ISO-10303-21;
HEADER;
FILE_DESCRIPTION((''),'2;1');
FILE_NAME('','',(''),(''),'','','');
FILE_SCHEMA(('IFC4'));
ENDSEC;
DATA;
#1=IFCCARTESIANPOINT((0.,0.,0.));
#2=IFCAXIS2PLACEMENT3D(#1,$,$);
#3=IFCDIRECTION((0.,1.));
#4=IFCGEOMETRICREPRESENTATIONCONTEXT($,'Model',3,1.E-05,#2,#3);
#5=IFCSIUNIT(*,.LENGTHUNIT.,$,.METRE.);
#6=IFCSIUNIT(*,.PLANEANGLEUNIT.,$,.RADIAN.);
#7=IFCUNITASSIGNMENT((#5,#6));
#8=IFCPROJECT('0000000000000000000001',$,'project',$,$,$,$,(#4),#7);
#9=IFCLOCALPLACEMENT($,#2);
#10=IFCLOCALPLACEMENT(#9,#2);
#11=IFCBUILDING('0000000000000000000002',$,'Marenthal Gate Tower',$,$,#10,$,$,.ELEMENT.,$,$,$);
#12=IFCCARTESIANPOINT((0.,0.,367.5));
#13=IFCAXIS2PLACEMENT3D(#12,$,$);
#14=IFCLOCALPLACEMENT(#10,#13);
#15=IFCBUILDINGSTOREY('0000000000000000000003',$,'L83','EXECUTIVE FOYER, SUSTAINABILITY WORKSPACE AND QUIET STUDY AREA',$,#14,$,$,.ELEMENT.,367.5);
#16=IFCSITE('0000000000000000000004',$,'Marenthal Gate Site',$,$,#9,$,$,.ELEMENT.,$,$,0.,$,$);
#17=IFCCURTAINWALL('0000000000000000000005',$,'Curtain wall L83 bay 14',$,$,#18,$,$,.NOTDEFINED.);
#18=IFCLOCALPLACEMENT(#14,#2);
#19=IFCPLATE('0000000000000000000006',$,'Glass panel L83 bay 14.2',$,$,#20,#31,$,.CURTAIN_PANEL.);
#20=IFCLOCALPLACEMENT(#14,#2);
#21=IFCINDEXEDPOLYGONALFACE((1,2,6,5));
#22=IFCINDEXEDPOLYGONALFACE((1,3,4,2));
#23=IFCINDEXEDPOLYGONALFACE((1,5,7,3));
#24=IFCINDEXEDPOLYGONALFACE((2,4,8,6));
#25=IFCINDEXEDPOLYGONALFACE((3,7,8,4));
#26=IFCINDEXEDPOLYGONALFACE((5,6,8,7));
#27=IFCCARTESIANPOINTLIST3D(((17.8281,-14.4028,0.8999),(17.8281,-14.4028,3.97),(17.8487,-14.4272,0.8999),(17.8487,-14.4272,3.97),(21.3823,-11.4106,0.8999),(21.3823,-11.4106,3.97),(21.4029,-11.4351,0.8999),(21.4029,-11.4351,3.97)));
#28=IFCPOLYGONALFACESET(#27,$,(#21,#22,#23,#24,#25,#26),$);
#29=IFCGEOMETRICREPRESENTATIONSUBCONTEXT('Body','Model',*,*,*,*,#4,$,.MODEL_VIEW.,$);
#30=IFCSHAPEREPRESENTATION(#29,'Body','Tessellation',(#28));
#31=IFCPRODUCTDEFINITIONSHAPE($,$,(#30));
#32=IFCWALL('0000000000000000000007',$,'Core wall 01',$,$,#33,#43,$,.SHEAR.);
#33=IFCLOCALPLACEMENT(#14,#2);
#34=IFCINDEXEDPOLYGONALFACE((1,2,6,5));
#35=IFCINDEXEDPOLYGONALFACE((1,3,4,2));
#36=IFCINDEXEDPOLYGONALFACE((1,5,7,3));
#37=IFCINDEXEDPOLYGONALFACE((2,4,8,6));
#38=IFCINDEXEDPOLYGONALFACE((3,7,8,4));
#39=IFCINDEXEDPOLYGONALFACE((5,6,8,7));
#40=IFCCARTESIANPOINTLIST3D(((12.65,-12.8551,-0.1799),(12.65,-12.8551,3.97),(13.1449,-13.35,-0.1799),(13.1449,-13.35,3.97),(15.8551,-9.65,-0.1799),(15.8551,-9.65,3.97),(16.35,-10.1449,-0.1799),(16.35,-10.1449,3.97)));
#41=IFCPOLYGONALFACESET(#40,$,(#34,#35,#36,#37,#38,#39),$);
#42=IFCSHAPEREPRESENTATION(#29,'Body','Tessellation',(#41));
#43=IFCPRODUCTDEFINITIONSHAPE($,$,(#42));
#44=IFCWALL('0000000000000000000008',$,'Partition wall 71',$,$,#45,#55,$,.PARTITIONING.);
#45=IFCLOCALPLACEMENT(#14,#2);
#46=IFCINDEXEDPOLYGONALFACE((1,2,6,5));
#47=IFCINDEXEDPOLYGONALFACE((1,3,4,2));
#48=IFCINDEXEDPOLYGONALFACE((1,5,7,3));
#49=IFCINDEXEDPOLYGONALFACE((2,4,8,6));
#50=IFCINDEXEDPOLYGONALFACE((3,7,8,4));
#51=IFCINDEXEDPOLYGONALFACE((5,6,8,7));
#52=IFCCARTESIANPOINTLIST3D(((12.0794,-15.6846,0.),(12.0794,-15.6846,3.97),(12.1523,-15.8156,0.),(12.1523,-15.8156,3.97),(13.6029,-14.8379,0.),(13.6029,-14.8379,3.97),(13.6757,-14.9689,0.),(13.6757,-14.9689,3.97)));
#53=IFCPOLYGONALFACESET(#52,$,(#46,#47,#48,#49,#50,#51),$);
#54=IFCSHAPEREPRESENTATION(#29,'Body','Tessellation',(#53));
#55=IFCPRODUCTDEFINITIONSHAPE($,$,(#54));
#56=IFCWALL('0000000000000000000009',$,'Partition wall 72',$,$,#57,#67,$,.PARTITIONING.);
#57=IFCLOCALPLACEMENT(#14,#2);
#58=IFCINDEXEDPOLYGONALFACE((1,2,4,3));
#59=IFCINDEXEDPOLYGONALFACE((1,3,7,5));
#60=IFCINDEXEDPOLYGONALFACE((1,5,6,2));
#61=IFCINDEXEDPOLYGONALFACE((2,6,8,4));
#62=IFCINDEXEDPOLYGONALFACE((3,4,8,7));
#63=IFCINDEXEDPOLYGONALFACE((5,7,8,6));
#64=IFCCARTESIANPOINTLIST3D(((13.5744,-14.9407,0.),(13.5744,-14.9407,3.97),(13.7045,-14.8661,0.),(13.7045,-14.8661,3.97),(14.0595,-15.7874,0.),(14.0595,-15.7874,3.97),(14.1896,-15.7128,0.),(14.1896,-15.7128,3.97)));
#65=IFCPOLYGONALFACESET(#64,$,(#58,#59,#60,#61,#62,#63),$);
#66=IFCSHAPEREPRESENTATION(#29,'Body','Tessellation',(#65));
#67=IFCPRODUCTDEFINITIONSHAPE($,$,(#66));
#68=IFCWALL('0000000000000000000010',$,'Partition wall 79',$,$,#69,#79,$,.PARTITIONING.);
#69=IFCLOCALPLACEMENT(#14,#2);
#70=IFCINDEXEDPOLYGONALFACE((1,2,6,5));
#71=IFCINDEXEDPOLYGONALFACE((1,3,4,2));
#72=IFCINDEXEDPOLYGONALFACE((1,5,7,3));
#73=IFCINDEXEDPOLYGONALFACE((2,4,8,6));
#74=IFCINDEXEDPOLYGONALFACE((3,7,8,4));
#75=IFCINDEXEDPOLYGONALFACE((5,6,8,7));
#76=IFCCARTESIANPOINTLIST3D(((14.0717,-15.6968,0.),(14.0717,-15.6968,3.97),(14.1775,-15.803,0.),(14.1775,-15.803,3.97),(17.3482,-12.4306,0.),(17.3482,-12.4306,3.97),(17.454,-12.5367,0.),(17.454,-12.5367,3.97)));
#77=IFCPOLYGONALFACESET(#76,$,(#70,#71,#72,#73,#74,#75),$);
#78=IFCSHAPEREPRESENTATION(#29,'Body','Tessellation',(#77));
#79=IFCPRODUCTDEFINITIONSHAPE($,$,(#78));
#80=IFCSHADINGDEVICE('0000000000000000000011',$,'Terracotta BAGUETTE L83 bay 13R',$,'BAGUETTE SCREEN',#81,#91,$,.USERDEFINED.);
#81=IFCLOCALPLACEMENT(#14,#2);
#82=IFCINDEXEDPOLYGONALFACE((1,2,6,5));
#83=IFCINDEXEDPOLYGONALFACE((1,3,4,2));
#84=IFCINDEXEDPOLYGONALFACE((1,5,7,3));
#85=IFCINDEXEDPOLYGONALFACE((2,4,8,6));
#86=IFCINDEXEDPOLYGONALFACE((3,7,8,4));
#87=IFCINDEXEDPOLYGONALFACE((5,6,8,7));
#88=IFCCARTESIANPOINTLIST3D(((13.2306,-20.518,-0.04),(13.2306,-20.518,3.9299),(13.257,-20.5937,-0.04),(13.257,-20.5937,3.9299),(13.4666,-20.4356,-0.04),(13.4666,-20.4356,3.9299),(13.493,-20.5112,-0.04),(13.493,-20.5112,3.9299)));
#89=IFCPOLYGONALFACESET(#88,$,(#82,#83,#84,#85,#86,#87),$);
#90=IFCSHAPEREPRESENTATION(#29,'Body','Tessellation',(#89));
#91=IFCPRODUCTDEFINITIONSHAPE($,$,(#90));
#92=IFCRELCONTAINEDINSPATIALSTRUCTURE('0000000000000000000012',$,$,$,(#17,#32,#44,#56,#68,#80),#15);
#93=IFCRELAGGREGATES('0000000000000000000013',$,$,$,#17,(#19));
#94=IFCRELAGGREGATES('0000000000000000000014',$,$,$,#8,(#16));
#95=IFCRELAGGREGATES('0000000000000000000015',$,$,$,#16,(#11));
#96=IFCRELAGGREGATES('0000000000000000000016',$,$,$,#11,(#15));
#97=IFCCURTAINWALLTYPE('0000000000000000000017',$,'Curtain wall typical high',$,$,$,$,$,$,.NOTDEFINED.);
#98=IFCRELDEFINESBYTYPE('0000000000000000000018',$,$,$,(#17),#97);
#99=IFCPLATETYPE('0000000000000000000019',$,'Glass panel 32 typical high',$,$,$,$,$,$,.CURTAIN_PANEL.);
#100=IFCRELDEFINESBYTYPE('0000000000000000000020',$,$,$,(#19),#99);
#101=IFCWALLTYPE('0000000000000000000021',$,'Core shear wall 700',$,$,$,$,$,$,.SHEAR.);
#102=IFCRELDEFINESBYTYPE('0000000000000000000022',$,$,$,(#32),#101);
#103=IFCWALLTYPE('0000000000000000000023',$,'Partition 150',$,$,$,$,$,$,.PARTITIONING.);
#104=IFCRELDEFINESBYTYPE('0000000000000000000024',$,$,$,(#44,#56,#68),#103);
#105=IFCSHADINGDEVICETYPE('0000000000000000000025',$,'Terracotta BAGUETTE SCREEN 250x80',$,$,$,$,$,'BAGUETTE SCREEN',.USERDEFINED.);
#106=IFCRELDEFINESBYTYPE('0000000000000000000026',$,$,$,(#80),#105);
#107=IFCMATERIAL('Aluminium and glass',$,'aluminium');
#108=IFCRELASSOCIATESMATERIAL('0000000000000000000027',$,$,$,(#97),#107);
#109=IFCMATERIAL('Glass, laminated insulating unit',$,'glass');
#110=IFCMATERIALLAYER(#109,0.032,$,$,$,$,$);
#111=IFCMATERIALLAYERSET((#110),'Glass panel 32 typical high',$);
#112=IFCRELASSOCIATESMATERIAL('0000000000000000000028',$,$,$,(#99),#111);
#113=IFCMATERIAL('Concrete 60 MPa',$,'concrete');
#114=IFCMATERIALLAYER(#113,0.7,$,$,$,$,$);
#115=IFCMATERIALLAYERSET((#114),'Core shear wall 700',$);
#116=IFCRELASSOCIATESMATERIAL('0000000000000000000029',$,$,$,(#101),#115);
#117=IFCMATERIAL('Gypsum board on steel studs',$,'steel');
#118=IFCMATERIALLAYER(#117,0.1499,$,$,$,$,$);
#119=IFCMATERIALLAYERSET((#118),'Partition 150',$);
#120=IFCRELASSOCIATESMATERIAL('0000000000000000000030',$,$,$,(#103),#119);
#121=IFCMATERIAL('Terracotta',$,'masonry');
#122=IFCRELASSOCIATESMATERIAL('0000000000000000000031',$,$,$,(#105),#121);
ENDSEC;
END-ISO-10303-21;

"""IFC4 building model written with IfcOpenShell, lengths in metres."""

from ifc_helpers import new_model, si_unit, direction, frame, frame_2d, origin, origin_2d, place, context, subcontext, project, spatial, rectangle, extrude, material, layer, layer_set, material_profile, profile_set, type_object, element, aggregate, save


model = new_model("IFC4")

# Units and contexts
model_context = context("Model", 3, precision=1e-05, world=origin(), true_north=direction((0.0, 1.0)))
body_context = subcontext(model_context, "Body", "Model", "MODEL_VIEW")
ifc_project = project(units=[si_unit("LENGTHUNIT", "METRE"), si_unit("PLANEANGLEUNIT", "RADIAN")], contexts=[model_context])

# Site, building, storey
site_placement = place(None, origin())
site = spatial("IfcSite", under=ifc_project, at=site_placement, Name="Marenthal Gate Site", CompositionType="ELEMENT", RefElevation=0.0)
building_placement = place(site_placement, origin())
building = spatial("IfcBuilding", under=site, at=building_placement, Name="Marenthal Gate Tower", CompositionType="ELEMENT")
storey_placement = place(building_placement, frame((0.0, 0.0, 367.5)))
storey = spatial("IfcBuildingStorey", under=building, at=storey_placement, Name="L83", Description="EXECUTIVE FOYER, SUSTAINABILITY WORKSPACE AND QUIET STUDY AREA", CompositionType="ELEMENT", Elevation=367.5)

# Curtain wall
ifc_material_1 = material(Name="Aluminium and glass", Category="aluminium")
curtain_wall_type = type_object("IfcCurtainWallType", Name="Curtain wall typical high", PredefinedType="NOTDEFINED", material=ifc_material_1)
curtain_wall_placement = place(storey_placement, origin())
curtain_wall = element("IfcCurtainWall", 1, at=curtain_wall_placement, inside=storey, type_object=curtain_wall_type, Name="Curtain wall L83 bay 14", PredefinedType="NOTDEFINED")

# Plate
ifc_material_2 = material(Name="Glass, laminated insulating unit", Category="glass")
ifc_layer_1 = layer(ifc_material_2, 0.032)
ifc_layer_set_1 = layer_set([ifc_layer_1], Name="Glass panel 32 typical high")
plate_type = type_object("IfcPlateType", Name="Glass panel 32 typical high", PredefinedType="CURTAIN_PANEL", material=ifc_layer_set_1)
plate_1_placement = place(storey_placement, frame((19.6155, -12.9189, 0.8999), z_axis=(0.0, 0.0, 1.0), x_axis=(0.765006, 0.644023, 0.0)))
plate_1 = element("IfcPlate", 2, at=plate_1_placement, type_object=plate_type, Name="Glass panel L83 bay 14.2", PredefinedType="CURTAIN_PANEL", context=body_context, shape_type="SweptSolid", body=[
    extrude(rectangle(XDim=4.646, YDim=0.032, at=origin_2d()), origin(), (0.0, 0.0, 1.0), 3.0701),
])
aggregate(curtain_wall, [plate_1])

# Walls
ifc_material_3 = material(Name="Concrete 60 MPa", Category="concrete")
ifc_layer_2 = layer(ifc_material_3, 0.7)
ifc_layer_set_2 = layer_set([ifc_layer_2], Name="Core shear wall 700")
wall_type_1 = type_object("IfcWallType", Name="Core shear wall 700", PredefinedType="SHEAR", material=ifc_layer_set_2)
wall_1_placement = place(storey_placement, frame((12.8975, -13.1025, -0.1799), z_axis=(0.0, 0.0, 1.0), x_axis=(0.707107, 0.707107, 0.0)))
element("IfcWall", 3, at=wall_1_placement, inside=storey, type_object=wall_type_1, Name="Core wall 01", PredefinedType="SHEAR", context=body_context, shape_type="SweptSolid", body=[
    extrude(rectangle(XDim=4.5327, YDim=0.7, at=frame_2d((2.2664, 0.0))), origin(), (0.0, 0.0, 1.0), 4.1499),
])
ifc_material_4 = material(Name="Gypsum board on steel studs", Category="steel")
ifc_layer_3 = layer(ifc_material_4, 0.1499)
ifc_layer_set_3 = layer_set([ifc_layer_3], Name="Partition 150")
wall_type_2 = type_object("IfcWallType", Name="Partition 150", PredefinedType="PARTITIONING", material=ifc_layer_set_3)
wall_2_placement = place(storey_placement, frame((13.6394, -14.9033, 0.0), z_axis=(0.0, 0.0, 1.0), x_axis=(-0.874078, -0.485786, 0.0)))
element("IfcWall", 4, at=wall_2_placement, inside=storey, type_object=wall_type_2, Name="Partition wall 71", PredefinedType="PARTITIONING", context=body_context, shape_type="SweptSolid", body=[
    extrude(rectangle(XDim=1.7429, YDim=0.1499, at=frame_2d((0.8716, 0.0))), origin(), (0.0, 0.0, 1.0), 3.97),
])
wall_3_placement = place(storey_placement, frame((14.1245, -15.75, 0.0), z_axis=(0.0, 0.0, 1.0), x_axis=(-0.497136, 0.867673, 0.0)))
element("IfcWall", 5, at=wall_3_placement, inside=storey, type_object=wall_type_2, Name="Partition wall 72", PredefinedType="PARTITIONING", context=body_context, shape_type="SweptSolid", body=[
    extrude(rectangle(XDim=0.9758, YDim=0.1499, at=frame_2d((0.4878, 0.0))), origin(), (0.0, 0.0, 1.0), 3.97),
])
wall_4_placement = place(storey_placement, frame((17.4011, -12.4836, 0.0), z_axis=(0.0, 0.0, 1.0), x_axis=(-0.708214, -0.705998, 0.0)))
element("IfcWall", 6, at=wall_4_placement, inside=storey, type_object=wall_type_2, Name="Partition wall 79", PredefinedType="PARTITIONING", context=body_context, shape_type="SweptSolid", body=[
    extrude(rectangle(XDim=4.6265, YDim=0.1499, at=frame_2d((2.3132, 0.0))), origin(), (0.0, 0.0, 1.0), 3.97),
])

# Shading device
ifc_material_5 = material(Name="Terracotta", Category="masonry")
ifc_material_profile_1 = material_profile(ifc_material_5, rectangle(XDim=0.25, YDim=0.0801, at=origin_2d()), Name="Terracotta baguette 250x80")
ifc_profile_set_1 = profile_set([ifc_material_profile_1], Name="Terracotta")
shading_device_type = type_object("IfcShadingDeviceType", Name="Terracotta BAGUETTE SCREEN 250x80", ElementType="BAGUETTE SCREEN", PredefinedType="USERDEFINED", material=ifc_profile_set_1)
shading_device_placement = place(storey_placement, frame((13.3618, -20.5146, -0.04), z_axis=(0.0, 0.0, 1.0), x_axis=(0.944118, 0.329607, 0.0)))
element("IfcShadingDevice", 7, at=shading_device_placement, inside=storey, type_object=shading_device_type, Name="Terracotta BAGUETTE L83 bay 13R", ObjectType="BAGUETTE SCREEN", PredefinedType="USERDEFINED", context=body_context, shape_type="SweptSolid", body=[
    extrude(rectangle(XDim=0.25, YDim=0.0801, at=origin_2d()), origin(), (0.0, 0.0, 1.0), 3.97),
])

save(model, "model.ifc")
